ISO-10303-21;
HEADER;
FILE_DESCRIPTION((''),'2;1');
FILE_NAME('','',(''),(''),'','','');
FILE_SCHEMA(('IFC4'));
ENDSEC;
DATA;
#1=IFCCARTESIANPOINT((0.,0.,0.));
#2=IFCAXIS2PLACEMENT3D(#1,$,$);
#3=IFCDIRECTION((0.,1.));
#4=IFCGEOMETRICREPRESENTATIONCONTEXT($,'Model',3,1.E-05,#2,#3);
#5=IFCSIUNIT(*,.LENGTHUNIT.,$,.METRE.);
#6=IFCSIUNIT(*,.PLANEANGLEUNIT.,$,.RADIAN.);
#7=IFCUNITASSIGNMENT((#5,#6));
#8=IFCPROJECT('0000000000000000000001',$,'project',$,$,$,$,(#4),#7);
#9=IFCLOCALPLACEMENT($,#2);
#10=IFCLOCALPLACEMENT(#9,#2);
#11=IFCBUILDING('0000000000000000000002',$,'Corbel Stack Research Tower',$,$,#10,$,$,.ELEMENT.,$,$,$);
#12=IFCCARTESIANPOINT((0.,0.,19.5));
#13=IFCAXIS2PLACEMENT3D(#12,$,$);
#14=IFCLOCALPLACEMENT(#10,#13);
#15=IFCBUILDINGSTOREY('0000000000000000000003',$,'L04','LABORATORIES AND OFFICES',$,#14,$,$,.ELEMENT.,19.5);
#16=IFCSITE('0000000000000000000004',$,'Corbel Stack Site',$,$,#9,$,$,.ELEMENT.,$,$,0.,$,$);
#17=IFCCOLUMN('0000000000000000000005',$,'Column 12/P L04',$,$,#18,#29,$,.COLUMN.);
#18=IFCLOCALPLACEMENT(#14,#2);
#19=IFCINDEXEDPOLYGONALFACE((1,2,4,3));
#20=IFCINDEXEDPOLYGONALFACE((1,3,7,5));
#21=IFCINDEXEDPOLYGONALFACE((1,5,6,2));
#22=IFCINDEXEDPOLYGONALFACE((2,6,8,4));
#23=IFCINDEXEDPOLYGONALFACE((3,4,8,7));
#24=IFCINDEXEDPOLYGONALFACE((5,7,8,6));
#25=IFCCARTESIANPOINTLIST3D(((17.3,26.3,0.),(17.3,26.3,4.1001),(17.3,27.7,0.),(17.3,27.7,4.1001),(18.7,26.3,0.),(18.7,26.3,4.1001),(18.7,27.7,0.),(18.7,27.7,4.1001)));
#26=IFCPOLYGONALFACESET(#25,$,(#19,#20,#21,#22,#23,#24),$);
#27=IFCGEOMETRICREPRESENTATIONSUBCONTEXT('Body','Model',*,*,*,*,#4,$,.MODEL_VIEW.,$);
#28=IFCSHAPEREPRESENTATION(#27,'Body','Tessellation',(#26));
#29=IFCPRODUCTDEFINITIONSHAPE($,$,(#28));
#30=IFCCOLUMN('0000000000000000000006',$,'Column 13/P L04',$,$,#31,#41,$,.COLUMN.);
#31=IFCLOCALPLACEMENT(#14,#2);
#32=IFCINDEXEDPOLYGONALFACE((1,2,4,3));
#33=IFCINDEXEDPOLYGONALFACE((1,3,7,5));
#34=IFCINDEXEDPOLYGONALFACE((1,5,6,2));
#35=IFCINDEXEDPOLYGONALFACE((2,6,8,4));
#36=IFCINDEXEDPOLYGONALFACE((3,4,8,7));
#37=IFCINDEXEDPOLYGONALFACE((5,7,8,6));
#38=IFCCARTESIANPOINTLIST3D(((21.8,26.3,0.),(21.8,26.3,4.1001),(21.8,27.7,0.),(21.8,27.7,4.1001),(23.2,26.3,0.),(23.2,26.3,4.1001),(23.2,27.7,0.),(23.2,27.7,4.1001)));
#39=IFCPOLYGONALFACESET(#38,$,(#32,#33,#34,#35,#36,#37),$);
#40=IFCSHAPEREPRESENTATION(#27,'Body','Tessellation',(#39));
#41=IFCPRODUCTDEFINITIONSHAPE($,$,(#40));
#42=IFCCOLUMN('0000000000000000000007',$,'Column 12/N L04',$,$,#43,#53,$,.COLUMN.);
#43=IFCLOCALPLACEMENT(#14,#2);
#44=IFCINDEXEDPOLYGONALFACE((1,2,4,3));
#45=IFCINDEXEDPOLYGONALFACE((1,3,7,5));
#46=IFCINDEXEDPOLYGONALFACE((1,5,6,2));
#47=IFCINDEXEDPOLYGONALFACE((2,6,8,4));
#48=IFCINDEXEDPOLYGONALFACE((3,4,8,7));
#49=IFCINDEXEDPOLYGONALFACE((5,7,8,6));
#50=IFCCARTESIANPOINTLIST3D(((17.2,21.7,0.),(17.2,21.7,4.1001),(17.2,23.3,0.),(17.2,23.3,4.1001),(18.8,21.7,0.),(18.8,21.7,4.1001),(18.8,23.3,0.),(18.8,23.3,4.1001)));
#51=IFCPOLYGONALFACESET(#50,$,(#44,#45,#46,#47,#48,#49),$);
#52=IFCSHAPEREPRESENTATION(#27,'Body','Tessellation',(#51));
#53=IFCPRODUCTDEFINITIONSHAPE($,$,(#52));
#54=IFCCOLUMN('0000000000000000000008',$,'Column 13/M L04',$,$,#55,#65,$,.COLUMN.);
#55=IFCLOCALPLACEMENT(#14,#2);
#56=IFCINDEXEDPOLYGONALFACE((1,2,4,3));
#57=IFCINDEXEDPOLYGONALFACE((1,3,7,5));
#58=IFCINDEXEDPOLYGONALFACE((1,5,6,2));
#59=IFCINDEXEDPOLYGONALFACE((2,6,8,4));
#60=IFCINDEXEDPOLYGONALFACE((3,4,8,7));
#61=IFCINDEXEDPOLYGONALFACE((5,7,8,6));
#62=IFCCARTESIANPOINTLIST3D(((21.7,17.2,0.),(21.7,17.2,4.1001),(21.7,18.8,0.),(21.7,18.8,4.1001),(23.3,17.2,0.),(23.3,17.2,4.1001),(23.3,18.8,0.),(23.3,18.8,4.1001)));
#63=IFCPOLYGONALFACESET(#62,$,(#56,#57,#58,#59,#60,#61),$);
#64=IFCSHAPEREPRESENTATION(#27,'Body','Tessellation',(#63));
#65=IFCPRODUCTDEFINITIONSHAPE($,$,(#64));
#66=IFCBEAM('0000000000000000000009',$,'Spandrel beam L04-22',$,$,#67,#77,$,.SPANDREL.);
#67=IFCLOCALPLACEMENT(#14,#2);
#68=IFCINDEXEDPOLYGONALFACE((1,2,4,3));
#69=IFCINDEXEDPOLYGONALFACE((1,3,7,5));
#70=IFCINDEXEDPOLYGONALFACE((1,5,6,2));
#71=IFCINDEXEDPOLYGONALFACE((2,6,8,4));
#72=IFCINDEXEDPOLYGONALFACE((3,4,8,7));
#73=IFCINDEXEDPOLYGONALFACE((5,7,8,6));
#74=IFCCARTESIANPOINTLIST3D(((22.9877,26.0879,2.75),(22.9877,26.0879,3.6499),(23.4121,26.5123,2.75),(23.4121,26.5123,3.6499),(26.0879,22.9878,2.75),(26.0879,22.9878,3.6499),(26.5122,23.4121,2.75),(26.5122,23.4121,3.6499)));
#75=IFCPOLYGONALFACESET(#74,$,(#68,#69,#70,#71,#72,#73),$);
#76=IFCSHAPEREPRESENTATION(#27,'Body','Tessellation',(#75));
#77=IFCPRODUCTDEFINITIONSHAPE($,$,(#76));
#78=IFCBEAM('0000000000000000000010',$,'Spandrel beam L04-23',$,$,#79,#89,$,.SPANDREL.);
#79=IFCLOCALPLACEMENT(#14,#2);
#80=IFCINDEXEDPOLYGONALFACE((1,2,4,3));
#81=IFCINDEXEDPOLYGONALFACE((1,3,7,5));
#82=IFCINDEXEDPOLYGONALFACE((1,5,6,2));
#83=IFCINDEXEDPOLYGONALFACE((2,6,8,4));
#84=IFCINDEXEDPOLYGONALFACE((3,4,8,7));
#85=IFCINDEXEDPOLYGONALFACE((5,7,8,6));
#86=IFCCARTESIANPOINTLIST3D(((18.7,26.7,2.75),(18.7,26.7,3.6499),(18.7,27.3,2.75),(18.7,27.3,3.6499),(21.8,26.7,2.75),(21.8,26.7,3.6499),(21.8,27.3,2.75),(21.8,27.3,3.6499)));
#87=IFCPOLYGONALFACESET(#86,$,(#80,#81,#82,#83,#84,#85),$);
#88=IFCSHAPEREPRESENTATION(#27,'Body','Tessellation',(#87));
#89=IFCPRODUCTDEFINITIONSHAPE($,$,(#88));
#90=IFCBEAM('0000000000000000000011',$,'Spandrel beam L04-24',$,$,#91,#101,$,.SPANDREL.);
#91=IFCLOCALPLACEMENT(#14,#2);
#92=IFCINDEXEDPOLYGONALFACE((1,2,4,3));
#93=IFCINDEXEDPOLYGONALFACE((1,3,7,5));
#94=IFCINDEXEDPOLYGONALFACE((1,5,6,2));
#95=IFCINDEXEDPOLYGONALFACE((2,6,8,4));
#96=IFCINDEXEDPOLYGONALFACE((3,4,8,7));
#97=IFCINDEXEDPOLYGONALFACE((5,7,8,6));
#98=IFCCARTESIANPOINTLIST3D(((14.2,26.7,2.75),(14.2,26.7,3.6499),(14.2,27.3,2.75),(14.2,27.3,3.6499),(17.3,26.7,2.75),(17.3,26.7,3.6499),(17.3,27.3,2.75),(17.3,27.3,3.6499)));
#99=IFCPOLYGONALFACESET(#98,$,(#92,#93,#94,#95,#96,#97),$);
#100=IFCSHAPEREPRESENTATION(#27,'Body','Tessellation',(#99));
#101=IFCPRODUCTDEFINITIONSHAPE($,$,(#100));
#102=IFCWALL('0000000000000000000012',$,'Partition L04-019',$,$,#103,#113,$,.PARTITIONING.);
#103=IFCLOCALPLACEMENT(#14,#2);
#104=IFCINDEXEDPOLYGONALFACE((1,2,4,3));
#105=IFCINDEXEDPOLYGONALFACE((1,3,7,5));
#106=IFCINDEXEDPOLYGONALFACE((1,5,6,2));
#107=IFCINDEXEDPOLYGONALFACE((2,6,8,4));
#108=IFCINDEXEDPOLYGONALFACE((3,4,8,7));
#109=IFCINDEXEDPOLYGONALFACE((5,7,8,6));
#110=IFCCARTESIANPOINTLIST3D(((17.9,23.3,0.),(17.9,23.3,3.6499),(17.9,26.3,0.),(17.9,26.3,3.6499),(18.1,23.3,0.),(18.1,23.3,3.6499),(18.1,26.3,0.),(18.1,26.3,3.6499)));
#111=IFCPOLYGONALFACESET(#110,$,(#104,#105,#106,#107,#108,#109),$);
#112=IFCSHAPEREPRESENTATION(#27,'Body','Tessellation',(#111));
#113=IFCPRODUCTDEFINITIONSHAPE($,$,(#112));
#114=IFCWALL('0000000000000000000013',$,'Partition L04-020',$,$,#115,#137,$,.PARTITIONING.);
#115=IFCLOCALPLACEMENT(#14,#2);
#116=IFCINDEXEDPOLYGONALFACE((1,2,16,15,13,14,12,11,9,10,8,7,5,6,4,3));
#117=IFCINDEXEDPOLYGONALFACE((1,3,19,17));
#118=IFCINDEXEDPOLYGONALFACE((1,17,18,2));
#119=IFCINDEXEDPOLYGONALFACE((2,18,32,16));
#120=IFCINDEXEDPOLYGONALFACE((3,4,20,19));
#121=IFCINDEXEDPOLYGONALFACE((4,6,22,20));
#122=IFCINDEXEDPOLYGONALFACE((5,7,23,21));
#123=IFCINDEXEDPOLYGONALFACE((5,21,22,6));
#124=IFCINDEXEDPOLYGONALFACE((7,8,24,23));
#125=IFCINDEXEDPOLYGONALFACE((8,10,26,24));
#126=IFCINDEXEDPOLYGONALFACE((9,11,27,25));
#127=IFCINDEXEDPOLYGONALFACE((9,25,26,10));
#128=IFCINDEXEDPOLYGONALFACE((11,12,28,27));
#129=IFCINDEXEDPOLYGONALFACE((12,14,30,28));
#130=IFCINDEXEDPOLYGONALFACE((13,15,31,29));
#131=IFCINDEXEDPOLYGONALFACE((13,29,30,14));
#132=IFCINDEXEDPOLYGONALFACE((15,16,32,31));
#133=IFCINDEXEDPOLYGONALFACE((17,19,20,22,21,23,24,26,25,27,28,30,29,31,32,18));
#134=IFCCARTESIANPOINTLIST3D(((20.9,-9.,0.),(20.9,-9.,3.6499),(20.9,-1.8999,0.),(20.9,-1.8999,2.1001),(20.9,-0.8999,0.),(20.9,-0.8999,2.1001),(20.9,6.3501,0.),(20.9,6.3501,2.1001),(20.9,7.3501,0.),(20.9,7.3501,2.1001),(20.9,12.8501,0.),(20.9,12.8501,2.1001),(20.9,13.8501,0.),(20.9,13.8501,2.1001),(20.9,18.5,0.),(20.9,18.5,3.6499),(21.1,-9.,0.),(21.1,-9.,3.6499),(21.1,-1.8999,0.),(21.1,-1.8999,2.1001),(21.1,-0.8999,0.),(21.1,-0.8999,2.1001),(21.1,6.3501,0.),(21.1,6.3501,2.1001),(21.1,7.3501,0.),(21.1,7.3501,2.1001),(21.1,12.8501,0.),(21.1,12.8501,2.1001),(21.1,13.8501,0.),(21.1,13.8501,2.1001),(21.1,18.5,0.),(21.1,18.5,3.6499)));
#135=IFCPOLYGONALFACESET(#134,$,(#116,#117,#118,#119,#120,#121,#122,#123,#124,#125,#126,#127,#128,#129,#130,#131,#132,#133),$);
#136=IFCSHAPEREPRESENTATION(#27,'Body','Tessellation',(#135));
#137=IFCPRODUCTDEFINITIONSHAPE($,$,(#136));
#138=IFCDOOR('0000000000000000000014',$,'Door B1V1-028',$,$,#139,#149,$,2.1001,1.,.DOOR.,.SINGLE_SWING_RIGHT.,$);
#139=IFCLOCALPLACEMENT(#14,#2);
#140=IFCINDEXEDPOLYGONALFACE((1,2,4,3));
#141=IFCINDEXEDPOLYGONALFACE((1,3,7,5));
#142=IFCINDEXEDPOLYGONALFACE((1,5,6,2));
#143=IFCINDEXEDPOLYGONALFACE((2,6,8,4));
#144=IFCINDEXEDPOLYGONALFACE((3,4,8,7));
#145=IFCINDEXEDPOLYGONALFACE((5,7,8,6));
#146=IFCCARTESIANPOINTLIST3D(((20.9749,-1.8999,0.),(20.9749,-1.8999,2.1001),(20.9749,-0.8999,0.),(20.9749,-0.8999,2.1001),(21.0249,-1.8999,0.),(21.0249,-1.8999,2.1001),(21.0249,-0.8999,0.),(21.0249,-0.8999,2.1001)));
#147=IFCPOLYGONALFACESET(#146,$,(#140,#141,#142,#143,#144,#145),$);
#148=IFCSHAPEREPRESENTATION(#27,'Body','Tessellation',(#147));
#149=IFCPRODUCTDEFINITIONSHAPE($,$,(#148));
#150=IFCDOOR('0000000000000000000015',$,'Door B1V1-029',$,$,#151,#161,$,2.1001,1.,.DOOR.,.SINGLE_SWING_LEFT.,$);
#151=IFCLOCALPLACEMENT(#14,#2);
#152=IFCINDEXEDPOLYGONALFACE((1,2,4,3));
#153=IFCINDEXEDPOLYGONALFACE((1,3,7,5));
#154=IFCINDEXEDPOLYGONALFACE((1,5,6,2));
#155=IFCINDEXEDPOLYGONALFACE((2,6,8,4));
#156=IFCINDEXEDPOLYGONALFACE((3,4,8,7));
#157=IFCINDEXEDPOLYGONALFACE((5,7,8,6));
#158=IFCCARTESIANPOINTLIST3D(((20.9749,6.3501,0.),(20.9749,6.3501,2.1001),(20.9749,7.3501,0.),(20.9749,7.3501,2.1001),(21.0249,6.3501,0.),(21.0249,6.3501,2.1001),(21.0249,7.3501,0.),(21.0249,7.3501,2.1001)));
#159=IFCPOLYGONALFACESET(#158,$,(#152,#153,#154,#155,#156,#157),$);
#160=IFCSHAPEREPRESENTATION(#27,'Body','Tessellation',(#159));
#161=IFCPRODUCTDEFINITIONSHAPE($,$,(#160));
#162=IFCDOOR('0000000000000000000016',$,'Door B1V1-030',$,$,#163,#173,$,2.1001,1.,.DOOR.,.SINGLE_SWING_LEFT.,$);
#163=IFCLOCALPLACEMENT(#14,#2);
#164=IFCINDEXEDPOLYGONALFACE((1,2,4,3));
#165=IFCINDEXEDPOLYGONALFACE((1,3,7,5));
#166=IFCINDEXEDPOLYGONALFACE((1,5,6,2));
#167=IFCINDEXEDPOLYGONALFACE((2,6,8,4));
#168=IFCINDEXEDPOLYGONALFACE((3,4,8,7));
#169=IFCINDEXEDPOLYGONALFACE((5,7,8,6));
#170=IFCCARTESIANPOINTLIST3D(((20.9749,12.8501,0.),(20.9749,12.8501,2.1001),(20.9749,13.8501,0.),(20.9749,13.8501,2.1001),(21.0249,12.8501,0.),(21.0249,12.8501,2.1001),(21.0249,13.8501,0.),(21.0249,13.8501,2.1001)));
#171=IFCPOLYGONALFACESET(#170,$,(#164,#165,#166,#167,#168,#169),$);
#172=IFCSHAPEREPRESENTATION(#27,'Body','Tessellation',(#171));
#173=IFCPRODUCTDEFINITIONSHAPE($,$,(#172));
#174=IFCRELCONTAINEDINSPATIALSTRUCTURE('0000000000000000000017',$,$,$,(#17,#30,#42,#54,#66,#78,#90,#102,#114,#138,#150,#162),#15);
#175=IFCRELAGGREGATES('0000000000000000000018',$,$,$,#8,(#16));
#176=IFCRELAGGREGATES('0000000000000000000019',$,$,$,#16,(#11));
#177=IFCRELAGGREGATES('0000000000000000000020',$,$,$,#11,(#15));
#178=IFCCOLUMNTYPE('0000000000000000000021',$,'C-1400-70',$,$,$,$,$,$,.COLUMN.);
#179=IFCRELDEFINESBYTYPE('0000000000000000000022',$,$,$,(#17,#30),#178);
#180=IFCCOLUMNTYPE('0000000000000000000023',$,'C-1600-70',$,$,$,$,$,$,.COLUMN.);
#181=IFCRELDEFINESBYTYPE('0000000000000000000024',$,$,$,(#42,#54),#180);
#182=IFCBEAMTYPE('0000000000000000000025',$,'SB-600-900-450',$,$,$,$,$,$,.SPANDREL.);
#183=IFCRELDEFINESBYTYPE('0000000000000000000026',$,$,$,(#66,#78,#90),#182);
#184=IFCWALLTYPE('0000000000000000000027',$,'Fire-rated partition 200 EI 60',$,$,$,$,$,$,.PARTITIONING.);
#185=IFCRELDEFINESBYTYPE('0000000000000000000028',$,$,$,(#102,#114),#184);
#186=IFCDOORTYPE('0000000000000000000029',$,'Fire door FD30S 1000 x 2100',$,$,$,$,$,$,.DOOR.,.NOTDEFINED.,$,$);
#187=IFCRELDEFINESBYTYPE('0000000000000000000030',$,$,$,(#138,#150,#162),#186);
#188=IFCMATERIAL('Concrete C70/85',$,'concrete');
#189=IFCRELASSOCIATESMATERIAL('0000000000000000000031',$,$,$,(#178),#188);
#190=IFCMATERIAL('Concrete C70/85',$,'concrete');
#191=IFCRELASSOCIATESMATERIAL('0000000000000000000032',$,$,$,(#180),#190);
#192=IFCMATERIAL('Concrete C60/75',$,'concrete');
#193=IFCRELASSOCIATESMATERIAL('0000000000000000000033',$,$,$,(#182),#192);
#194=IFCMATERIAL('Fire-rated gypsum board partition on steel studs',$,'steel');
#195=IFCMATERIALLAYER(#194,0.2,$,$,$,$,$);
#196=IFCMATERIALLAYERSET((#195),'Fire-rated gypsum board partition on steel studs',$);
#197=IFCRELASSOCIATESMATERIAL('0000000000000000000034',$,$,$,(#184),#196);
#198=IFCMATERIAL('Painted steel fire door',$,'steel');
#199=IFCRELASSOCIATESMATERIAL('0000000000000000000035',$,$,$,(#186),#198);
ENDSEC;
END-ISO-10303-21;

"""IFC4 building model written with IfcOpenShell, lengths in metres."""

from ifc_helpers import new_model, si_unit, direction, frame, frame_2d, origin, origin_2d, place, context, subcontext, project, spatial, rectangle, extrude, material, layer, layer_set, material_profile, profile_set, type_object, element, fill, save


model = new_model("IFC4")

# Units and contexts
model_context = context("Model", 3, precision=1e-05, world=origin(), true_north=direction((0.0, 1.0)))
body_context = subcontext(model_context, "Body", "Model", "MODEL_VIEW")
ifc_project = project(units=[si_unit("LENGTHUNIT", "METRE"), si_unit("PLANEANGLEUNIT", "RADIAN")], contexts=[model_context])

# Site, building, storey
site_placement = place(None, origin())
site = spatial("IfcSite", under=ifc_project, at=site_placement, Name="Corbel Stack Site", CompositionType="ELEMENT", RefElevation=0.0)
building_placement = place(site_placement, origin())
building = spatial("IfcBuilding", under=site, at=building_placement, Name="Corbel Stack Research Tower", CompositionType="ELEMENT")
storey_placement = place(building_placement, frame((0.0, 0.0, 19.5)))
storey = spatial("IfcBuildingStorey", under=building, at=storey_placement, Name="L04", Description="LABORATORIES AND OFFICES", CompositionType="ELEMENT", Elevation=19.5)

# Columns
ifc_material_1 = material(Name="Concrete C70/85", Category="concrete")
ifc_material_profile_1 = material_profile(ifc_material_1, rectangle(XDim=1.3999, YDim=1.3999, at=origin_2d()), Name="RC 1400 x 1400")
ifc_profile_set_1 = profile_set([ifc_material_profile_1], Name="Concrete C70/85")
column_type_1 = type_object("IfcColumnType", Name="C-1400-70", PredefinedType="COLUMN", material=ifc_profile_set_1)
for number, where, z_axis, x_axis, name in (
    (1, (18.0, 27.0, 0.0), (0.0, 0.0, 1.0), (1.0, 0.0, 0.0), "Column 12/P L04"),
    (2, (22.5, 27.0, 0.0), (0.0, 0.0, 1.0), (1.0, 0.0, 0.0), "Column 13/P L04"),
):
    element("IfcColumn", number, at=place(storey_placement, frame(where, z_axis=z_axis, x_axis=x_axis)), inside=storey, type_object=column_type_1, Name=name, PredefinedType="COLUMN", context=body_context, shape_type="SweptSolid", body=[
        extrude(rectangle(XDim=1.3999, YDim=1.3999, at=origin_2d()), origin(), (0.0, 0.0, 1.0), 4.1001),
    ])
ifc_material_2 = material(Name="Concrete C70/85", Category="concrete")
ifc_material_profile_2 = material_profile(ifc_material_2, rectangle(XDim=1.6001, YDim=1.6001, at=origin_2d()), Name="RC 1600 x 1600")
ifc_profile_set_2 = profile_set([ifc_material_profile_2], Name="Concrete C70/85")
column_type_2 = type_object("IfcColumnType", Name="C-1600-70", PredefinedType="COLUMN", material=ifc_profile_set_2)
for number, where, z_axis, x_axis, name in (
    (3, (18.0, 22.5, 0.0), (0.0, 0.0, 1.0), (1.0, 0.0, 0.0), "Column 12/N L04"),
    (4, (22.5, 18.0, 0.0), (0.0, 0.0, 1.0), (1.0, 0.0, 0.0), "Column 13/M L04"),
):
    element("IfcColumn", number, at=place(storey_placement, frame(where, z_axis=z_axis, x_axis=x_axis)), inside=storey, type_object=column_type_2, Name=name, PredefinedType="COLUMN", context=body_context, shape_type="SweptSolid", body=[
        extrude(rectangle(XDim=1.6001, YDim=1.6001, at=origin_2d()), origin(), (0.0, 0.0, 1.0), 4.1001),
    ])

# Beams
ifc_material_3 = material(Name="Concrete C60/75", Category="concrete")
ifc_material_profile_3 = material_profile(ifc_material_3, rectangle(XDim=0.6001, YDim=0.8999, at=origin_2d()), Name="RC 600 x 900")
ifc_profile_set_3 = profile_set([ifc_material_profile_3], Name="Concrete C60/75")
beam_type = type_object("IfcBeamType", Name="SB-600-900-450", PredefinedType="SPANDREL", material=ifc_profile_set_3)
beam_placement = place(storey_placement, frame((26.3, 23.2, 3.2), z_axis=(-0.707107, 0.707107, 0.0), x_axis=(-0.707107, -0.707107, 0.0)))
element("IfcBeam", 5, at=beam_placement, inside=storey, type_object=beam_type, Name="Spandrel beam L04-22", PredefinedType="SPANDREL", context=body_context, shape_type="SweptSolid", body=[
    extrude(rectangle(XDim=0.6001, YDim=0.8999, at=origin_2d()), origin(), (0.0, 0.0, 1.0), 4.3843),
])
for number, where, z_axis, x_axis, name in (
    (6, (21.8, 27.0, 3.2), (-1.0, 0.0, 0.0), (0.0, -1.0, 0.0), "Spandrel beam L04-23"),
    (7, (17.3, 27.0, 3.2), (-1.0, 0.0, 0.0), (0.0, -1.0, 0.0), "Spandrel beam L04-24"),
):
    element("IfcBeam", number, at=place(storey_placement, frame(where, z_axis=z_axis, x_axis=x_axis)), inside=storey, type_object=beam_type, Name=name, PredefinedType="SPANDREL", context=body_context, shape_type="SweptSolid", body=[
        extrude(rectangle(XDim=0.6001, YDim=0.8999, at=origin_2d()), origin(), (0.0, 0.0, 1.0), 3.1001),
    ])

# Wall
ifc_material_4 = material(Name="Fire-rated gypsum board partition on steel studs", Category="steel")
ifc_layer_1 = layer(ifc_material_4, 0.2)
ifc_layer_set_1 = layer_set([ifc_layer_1], Name="Fire-rated gypsum board partition on steel studs")
wall_type_1 = type_object("IfcWallType", Name="Fire-rated partition 200 EI 60", PredefinedType="PARTITIONING", material=ifc_layer_set_1)
wall_1_placement = place(storey_placement, frame((18.0, 23.3, 0.0), z_axis=(0.0, 0.0, 1.0), x_axis=(0.0, 1.0, 0.0)))
element("IfcWall", 8, at=wall_1_placement, inside=storey, type_object=wall_type_1, Name="Partition L04-019", PredefinedType="PARTITIONING", context=body_context, shape_type="SweptSolid", body=[
    extrude(rectangle(XDim=3.0, YDim=0.2, at=frame_2d((1.5, 0.0))), origin(), (0.0, 0.0, 1.0), 3.6499),
])

# Wall, openings, doors
wall_2_placement = place(storey_placement, frame((21.0, 18.5, 0.0), z_axis=(0.0, 0.0, 1.0), x_axis=(0.0, -1.0, 0.0)))
wall_2 = element("IfcWall", 9, at=wall_2_placement, inside=storey, type_object=wall_type_1, Name="Partition L04-020", PredefinedType="PARTITIONING", context=body_context, shape_type="SweptSolid", body=[
    extrude(rectangle(XDim=27.5, YDim=0.2, at=frame_2d((13.75, 0.0))), origin(), (0.0, 0.0, 1.0), 3.6499),
])
opening_1_placement = place(wall_2_placement, frame((19.3999, 0.0, 0.0)))
opening_1 = element("IfcOpeningElement", 10, at=opening_1_placement, cuts=wall_2, PredefinedType="OPENING", context=body_context, shape_type="SweptSolid", body=[
    extrude(rectangle(XDim=1.0, YDim=2.1001, at=frame_2d((0.5, 1.05))), frame((0.0, 0.1099, 0.0), z_axis=(0.0, -1.0, 0.0), x_axis=(1.0, 0.0, 0.0)), (0.0, 0.0, 1.0), 0.22),
])
opening_2_placement = place(wall_2_placement, frame((11.1499, 0.0, 0.0)))
opening_2 = element("IfcOpeningElement", 11, at=opening_2_placement, cuts=wall_2, PredefinedType="OPENING", context=body_context, shape_type="SweptSolid", body=[
    extrude(rectangle(XDim=1.0, YDim=2.1001, at=frame_2d((0.5, 1.05))), frame((0.0, 0.1099, 0.0), z_axis=(0.0, -1.0, 0.0), x_axis=(1.0, 0.0, 0.0)), (0.0, 0.0, 1.0), 0.22),
])
opening_3_placement = place(wall_2_placement, frame((4.6499, 0.0, 0.0)))
opening_3 = element("IfcOpeningElement", 12, at=opening_3_placement, cuts=wall_2, PredefinedType="OPENING", context=body_context, shape_type="SweptSolid", body=[
    extrude(rectangle(XDim=1.0, YDim=2.1001, at=frame_2d((0.5, 1.05))), frame((0.0, 0.1099, 0.0), z_axis=(0.0, -1.0, 0.0), x_axis=(1.0, 0.0, 0.0)), (0.0, 0.0, 1.0), 0.22),
])
ifc_material_5 = material(Name="Painted steel fire door", Category="steel")
door_type_1 = type_object("IfcDoorType", Name="Fire door FD30S 1000 x 2100", OperationType="NOTDEFINED", PredefinedType="DOOR", material=ifc_material_5)
door_1_placement = place(opening_1_placement, origin())
door_1 = element("IfcDoor", 13, at=door_1_placement, inside=storey, type_object=door_type_1, Name="Door B1V1-028", OperationType="SINGLE_SWING_RIGHT", OverallHeight=2.1001, OverallWidth=1.0, PredefinedType="DOOR", context=body_context, shape_type="SweptSolid", body=[
    extrude(rectangle(XDim=1.0, YDim=2.1001, at=frame_2d((0.5, 1.05))), frame((0.0, 0.0249, 0.0), z_axis=(0.0, -1.0, 0.0), x_axis=(1.0, 0.0, 0.0)), (0.0, 0.0, 1.0), 0.05),
])
fill(opening_1, door_1)
door_2_placement = place(opening_2_placement, origin())
door_2 = element("IfcDoor", 14, at=door_2_placement, inside=storey, type_object=door_type_1, Name="Door B1V1-029", OperationType="SINGLE_SWING_LEFT", OverallHeight=2.1001, OverallWidth=1.0, PredefinedType="DOOR", context=body_context, shape_type="SweptSolid", body=[
    extrude(rectangle(XDim=1.0, YDim=2.1001, at=frame_2d((0.5, 1.05))), frame((0.0, 0.0249, 0.0), z_axis=(0.0, -1.0, 0.0), x_axis=(1.0, 0.0, 0.0)), (0.0, 0.0, 1.0), 0.05),
])
fill(opening_2, door_2)
door_3_placement = place(opening_3_placement, origin())
door_3 = element("IfcDoor", 15, at=door_3_placement, inside=storey, type_object=door_type_1, Name="Door B1V1-030", OperationType="SINGLE_SWING_LEFT", OverallHeight=2.1001, OverallWidth=1.0, PredefinedType="DOOR", context=body_context, shape_type="SweptSolid", body=[
    extrude(rectangle(XDim=1.0, YDim=2.1001, at=frame_2d((0.5, 1.05))), frame((0.0, 0.0249, 0.0), z_axis=(0.0, -1.0, 0.0), x_axis=(1.0, 0.0, 0.0)), (0.0, 0.0, 1.0), 0.05),
])
fill(opening_3, door_3)

save(model, "model.ifc")
